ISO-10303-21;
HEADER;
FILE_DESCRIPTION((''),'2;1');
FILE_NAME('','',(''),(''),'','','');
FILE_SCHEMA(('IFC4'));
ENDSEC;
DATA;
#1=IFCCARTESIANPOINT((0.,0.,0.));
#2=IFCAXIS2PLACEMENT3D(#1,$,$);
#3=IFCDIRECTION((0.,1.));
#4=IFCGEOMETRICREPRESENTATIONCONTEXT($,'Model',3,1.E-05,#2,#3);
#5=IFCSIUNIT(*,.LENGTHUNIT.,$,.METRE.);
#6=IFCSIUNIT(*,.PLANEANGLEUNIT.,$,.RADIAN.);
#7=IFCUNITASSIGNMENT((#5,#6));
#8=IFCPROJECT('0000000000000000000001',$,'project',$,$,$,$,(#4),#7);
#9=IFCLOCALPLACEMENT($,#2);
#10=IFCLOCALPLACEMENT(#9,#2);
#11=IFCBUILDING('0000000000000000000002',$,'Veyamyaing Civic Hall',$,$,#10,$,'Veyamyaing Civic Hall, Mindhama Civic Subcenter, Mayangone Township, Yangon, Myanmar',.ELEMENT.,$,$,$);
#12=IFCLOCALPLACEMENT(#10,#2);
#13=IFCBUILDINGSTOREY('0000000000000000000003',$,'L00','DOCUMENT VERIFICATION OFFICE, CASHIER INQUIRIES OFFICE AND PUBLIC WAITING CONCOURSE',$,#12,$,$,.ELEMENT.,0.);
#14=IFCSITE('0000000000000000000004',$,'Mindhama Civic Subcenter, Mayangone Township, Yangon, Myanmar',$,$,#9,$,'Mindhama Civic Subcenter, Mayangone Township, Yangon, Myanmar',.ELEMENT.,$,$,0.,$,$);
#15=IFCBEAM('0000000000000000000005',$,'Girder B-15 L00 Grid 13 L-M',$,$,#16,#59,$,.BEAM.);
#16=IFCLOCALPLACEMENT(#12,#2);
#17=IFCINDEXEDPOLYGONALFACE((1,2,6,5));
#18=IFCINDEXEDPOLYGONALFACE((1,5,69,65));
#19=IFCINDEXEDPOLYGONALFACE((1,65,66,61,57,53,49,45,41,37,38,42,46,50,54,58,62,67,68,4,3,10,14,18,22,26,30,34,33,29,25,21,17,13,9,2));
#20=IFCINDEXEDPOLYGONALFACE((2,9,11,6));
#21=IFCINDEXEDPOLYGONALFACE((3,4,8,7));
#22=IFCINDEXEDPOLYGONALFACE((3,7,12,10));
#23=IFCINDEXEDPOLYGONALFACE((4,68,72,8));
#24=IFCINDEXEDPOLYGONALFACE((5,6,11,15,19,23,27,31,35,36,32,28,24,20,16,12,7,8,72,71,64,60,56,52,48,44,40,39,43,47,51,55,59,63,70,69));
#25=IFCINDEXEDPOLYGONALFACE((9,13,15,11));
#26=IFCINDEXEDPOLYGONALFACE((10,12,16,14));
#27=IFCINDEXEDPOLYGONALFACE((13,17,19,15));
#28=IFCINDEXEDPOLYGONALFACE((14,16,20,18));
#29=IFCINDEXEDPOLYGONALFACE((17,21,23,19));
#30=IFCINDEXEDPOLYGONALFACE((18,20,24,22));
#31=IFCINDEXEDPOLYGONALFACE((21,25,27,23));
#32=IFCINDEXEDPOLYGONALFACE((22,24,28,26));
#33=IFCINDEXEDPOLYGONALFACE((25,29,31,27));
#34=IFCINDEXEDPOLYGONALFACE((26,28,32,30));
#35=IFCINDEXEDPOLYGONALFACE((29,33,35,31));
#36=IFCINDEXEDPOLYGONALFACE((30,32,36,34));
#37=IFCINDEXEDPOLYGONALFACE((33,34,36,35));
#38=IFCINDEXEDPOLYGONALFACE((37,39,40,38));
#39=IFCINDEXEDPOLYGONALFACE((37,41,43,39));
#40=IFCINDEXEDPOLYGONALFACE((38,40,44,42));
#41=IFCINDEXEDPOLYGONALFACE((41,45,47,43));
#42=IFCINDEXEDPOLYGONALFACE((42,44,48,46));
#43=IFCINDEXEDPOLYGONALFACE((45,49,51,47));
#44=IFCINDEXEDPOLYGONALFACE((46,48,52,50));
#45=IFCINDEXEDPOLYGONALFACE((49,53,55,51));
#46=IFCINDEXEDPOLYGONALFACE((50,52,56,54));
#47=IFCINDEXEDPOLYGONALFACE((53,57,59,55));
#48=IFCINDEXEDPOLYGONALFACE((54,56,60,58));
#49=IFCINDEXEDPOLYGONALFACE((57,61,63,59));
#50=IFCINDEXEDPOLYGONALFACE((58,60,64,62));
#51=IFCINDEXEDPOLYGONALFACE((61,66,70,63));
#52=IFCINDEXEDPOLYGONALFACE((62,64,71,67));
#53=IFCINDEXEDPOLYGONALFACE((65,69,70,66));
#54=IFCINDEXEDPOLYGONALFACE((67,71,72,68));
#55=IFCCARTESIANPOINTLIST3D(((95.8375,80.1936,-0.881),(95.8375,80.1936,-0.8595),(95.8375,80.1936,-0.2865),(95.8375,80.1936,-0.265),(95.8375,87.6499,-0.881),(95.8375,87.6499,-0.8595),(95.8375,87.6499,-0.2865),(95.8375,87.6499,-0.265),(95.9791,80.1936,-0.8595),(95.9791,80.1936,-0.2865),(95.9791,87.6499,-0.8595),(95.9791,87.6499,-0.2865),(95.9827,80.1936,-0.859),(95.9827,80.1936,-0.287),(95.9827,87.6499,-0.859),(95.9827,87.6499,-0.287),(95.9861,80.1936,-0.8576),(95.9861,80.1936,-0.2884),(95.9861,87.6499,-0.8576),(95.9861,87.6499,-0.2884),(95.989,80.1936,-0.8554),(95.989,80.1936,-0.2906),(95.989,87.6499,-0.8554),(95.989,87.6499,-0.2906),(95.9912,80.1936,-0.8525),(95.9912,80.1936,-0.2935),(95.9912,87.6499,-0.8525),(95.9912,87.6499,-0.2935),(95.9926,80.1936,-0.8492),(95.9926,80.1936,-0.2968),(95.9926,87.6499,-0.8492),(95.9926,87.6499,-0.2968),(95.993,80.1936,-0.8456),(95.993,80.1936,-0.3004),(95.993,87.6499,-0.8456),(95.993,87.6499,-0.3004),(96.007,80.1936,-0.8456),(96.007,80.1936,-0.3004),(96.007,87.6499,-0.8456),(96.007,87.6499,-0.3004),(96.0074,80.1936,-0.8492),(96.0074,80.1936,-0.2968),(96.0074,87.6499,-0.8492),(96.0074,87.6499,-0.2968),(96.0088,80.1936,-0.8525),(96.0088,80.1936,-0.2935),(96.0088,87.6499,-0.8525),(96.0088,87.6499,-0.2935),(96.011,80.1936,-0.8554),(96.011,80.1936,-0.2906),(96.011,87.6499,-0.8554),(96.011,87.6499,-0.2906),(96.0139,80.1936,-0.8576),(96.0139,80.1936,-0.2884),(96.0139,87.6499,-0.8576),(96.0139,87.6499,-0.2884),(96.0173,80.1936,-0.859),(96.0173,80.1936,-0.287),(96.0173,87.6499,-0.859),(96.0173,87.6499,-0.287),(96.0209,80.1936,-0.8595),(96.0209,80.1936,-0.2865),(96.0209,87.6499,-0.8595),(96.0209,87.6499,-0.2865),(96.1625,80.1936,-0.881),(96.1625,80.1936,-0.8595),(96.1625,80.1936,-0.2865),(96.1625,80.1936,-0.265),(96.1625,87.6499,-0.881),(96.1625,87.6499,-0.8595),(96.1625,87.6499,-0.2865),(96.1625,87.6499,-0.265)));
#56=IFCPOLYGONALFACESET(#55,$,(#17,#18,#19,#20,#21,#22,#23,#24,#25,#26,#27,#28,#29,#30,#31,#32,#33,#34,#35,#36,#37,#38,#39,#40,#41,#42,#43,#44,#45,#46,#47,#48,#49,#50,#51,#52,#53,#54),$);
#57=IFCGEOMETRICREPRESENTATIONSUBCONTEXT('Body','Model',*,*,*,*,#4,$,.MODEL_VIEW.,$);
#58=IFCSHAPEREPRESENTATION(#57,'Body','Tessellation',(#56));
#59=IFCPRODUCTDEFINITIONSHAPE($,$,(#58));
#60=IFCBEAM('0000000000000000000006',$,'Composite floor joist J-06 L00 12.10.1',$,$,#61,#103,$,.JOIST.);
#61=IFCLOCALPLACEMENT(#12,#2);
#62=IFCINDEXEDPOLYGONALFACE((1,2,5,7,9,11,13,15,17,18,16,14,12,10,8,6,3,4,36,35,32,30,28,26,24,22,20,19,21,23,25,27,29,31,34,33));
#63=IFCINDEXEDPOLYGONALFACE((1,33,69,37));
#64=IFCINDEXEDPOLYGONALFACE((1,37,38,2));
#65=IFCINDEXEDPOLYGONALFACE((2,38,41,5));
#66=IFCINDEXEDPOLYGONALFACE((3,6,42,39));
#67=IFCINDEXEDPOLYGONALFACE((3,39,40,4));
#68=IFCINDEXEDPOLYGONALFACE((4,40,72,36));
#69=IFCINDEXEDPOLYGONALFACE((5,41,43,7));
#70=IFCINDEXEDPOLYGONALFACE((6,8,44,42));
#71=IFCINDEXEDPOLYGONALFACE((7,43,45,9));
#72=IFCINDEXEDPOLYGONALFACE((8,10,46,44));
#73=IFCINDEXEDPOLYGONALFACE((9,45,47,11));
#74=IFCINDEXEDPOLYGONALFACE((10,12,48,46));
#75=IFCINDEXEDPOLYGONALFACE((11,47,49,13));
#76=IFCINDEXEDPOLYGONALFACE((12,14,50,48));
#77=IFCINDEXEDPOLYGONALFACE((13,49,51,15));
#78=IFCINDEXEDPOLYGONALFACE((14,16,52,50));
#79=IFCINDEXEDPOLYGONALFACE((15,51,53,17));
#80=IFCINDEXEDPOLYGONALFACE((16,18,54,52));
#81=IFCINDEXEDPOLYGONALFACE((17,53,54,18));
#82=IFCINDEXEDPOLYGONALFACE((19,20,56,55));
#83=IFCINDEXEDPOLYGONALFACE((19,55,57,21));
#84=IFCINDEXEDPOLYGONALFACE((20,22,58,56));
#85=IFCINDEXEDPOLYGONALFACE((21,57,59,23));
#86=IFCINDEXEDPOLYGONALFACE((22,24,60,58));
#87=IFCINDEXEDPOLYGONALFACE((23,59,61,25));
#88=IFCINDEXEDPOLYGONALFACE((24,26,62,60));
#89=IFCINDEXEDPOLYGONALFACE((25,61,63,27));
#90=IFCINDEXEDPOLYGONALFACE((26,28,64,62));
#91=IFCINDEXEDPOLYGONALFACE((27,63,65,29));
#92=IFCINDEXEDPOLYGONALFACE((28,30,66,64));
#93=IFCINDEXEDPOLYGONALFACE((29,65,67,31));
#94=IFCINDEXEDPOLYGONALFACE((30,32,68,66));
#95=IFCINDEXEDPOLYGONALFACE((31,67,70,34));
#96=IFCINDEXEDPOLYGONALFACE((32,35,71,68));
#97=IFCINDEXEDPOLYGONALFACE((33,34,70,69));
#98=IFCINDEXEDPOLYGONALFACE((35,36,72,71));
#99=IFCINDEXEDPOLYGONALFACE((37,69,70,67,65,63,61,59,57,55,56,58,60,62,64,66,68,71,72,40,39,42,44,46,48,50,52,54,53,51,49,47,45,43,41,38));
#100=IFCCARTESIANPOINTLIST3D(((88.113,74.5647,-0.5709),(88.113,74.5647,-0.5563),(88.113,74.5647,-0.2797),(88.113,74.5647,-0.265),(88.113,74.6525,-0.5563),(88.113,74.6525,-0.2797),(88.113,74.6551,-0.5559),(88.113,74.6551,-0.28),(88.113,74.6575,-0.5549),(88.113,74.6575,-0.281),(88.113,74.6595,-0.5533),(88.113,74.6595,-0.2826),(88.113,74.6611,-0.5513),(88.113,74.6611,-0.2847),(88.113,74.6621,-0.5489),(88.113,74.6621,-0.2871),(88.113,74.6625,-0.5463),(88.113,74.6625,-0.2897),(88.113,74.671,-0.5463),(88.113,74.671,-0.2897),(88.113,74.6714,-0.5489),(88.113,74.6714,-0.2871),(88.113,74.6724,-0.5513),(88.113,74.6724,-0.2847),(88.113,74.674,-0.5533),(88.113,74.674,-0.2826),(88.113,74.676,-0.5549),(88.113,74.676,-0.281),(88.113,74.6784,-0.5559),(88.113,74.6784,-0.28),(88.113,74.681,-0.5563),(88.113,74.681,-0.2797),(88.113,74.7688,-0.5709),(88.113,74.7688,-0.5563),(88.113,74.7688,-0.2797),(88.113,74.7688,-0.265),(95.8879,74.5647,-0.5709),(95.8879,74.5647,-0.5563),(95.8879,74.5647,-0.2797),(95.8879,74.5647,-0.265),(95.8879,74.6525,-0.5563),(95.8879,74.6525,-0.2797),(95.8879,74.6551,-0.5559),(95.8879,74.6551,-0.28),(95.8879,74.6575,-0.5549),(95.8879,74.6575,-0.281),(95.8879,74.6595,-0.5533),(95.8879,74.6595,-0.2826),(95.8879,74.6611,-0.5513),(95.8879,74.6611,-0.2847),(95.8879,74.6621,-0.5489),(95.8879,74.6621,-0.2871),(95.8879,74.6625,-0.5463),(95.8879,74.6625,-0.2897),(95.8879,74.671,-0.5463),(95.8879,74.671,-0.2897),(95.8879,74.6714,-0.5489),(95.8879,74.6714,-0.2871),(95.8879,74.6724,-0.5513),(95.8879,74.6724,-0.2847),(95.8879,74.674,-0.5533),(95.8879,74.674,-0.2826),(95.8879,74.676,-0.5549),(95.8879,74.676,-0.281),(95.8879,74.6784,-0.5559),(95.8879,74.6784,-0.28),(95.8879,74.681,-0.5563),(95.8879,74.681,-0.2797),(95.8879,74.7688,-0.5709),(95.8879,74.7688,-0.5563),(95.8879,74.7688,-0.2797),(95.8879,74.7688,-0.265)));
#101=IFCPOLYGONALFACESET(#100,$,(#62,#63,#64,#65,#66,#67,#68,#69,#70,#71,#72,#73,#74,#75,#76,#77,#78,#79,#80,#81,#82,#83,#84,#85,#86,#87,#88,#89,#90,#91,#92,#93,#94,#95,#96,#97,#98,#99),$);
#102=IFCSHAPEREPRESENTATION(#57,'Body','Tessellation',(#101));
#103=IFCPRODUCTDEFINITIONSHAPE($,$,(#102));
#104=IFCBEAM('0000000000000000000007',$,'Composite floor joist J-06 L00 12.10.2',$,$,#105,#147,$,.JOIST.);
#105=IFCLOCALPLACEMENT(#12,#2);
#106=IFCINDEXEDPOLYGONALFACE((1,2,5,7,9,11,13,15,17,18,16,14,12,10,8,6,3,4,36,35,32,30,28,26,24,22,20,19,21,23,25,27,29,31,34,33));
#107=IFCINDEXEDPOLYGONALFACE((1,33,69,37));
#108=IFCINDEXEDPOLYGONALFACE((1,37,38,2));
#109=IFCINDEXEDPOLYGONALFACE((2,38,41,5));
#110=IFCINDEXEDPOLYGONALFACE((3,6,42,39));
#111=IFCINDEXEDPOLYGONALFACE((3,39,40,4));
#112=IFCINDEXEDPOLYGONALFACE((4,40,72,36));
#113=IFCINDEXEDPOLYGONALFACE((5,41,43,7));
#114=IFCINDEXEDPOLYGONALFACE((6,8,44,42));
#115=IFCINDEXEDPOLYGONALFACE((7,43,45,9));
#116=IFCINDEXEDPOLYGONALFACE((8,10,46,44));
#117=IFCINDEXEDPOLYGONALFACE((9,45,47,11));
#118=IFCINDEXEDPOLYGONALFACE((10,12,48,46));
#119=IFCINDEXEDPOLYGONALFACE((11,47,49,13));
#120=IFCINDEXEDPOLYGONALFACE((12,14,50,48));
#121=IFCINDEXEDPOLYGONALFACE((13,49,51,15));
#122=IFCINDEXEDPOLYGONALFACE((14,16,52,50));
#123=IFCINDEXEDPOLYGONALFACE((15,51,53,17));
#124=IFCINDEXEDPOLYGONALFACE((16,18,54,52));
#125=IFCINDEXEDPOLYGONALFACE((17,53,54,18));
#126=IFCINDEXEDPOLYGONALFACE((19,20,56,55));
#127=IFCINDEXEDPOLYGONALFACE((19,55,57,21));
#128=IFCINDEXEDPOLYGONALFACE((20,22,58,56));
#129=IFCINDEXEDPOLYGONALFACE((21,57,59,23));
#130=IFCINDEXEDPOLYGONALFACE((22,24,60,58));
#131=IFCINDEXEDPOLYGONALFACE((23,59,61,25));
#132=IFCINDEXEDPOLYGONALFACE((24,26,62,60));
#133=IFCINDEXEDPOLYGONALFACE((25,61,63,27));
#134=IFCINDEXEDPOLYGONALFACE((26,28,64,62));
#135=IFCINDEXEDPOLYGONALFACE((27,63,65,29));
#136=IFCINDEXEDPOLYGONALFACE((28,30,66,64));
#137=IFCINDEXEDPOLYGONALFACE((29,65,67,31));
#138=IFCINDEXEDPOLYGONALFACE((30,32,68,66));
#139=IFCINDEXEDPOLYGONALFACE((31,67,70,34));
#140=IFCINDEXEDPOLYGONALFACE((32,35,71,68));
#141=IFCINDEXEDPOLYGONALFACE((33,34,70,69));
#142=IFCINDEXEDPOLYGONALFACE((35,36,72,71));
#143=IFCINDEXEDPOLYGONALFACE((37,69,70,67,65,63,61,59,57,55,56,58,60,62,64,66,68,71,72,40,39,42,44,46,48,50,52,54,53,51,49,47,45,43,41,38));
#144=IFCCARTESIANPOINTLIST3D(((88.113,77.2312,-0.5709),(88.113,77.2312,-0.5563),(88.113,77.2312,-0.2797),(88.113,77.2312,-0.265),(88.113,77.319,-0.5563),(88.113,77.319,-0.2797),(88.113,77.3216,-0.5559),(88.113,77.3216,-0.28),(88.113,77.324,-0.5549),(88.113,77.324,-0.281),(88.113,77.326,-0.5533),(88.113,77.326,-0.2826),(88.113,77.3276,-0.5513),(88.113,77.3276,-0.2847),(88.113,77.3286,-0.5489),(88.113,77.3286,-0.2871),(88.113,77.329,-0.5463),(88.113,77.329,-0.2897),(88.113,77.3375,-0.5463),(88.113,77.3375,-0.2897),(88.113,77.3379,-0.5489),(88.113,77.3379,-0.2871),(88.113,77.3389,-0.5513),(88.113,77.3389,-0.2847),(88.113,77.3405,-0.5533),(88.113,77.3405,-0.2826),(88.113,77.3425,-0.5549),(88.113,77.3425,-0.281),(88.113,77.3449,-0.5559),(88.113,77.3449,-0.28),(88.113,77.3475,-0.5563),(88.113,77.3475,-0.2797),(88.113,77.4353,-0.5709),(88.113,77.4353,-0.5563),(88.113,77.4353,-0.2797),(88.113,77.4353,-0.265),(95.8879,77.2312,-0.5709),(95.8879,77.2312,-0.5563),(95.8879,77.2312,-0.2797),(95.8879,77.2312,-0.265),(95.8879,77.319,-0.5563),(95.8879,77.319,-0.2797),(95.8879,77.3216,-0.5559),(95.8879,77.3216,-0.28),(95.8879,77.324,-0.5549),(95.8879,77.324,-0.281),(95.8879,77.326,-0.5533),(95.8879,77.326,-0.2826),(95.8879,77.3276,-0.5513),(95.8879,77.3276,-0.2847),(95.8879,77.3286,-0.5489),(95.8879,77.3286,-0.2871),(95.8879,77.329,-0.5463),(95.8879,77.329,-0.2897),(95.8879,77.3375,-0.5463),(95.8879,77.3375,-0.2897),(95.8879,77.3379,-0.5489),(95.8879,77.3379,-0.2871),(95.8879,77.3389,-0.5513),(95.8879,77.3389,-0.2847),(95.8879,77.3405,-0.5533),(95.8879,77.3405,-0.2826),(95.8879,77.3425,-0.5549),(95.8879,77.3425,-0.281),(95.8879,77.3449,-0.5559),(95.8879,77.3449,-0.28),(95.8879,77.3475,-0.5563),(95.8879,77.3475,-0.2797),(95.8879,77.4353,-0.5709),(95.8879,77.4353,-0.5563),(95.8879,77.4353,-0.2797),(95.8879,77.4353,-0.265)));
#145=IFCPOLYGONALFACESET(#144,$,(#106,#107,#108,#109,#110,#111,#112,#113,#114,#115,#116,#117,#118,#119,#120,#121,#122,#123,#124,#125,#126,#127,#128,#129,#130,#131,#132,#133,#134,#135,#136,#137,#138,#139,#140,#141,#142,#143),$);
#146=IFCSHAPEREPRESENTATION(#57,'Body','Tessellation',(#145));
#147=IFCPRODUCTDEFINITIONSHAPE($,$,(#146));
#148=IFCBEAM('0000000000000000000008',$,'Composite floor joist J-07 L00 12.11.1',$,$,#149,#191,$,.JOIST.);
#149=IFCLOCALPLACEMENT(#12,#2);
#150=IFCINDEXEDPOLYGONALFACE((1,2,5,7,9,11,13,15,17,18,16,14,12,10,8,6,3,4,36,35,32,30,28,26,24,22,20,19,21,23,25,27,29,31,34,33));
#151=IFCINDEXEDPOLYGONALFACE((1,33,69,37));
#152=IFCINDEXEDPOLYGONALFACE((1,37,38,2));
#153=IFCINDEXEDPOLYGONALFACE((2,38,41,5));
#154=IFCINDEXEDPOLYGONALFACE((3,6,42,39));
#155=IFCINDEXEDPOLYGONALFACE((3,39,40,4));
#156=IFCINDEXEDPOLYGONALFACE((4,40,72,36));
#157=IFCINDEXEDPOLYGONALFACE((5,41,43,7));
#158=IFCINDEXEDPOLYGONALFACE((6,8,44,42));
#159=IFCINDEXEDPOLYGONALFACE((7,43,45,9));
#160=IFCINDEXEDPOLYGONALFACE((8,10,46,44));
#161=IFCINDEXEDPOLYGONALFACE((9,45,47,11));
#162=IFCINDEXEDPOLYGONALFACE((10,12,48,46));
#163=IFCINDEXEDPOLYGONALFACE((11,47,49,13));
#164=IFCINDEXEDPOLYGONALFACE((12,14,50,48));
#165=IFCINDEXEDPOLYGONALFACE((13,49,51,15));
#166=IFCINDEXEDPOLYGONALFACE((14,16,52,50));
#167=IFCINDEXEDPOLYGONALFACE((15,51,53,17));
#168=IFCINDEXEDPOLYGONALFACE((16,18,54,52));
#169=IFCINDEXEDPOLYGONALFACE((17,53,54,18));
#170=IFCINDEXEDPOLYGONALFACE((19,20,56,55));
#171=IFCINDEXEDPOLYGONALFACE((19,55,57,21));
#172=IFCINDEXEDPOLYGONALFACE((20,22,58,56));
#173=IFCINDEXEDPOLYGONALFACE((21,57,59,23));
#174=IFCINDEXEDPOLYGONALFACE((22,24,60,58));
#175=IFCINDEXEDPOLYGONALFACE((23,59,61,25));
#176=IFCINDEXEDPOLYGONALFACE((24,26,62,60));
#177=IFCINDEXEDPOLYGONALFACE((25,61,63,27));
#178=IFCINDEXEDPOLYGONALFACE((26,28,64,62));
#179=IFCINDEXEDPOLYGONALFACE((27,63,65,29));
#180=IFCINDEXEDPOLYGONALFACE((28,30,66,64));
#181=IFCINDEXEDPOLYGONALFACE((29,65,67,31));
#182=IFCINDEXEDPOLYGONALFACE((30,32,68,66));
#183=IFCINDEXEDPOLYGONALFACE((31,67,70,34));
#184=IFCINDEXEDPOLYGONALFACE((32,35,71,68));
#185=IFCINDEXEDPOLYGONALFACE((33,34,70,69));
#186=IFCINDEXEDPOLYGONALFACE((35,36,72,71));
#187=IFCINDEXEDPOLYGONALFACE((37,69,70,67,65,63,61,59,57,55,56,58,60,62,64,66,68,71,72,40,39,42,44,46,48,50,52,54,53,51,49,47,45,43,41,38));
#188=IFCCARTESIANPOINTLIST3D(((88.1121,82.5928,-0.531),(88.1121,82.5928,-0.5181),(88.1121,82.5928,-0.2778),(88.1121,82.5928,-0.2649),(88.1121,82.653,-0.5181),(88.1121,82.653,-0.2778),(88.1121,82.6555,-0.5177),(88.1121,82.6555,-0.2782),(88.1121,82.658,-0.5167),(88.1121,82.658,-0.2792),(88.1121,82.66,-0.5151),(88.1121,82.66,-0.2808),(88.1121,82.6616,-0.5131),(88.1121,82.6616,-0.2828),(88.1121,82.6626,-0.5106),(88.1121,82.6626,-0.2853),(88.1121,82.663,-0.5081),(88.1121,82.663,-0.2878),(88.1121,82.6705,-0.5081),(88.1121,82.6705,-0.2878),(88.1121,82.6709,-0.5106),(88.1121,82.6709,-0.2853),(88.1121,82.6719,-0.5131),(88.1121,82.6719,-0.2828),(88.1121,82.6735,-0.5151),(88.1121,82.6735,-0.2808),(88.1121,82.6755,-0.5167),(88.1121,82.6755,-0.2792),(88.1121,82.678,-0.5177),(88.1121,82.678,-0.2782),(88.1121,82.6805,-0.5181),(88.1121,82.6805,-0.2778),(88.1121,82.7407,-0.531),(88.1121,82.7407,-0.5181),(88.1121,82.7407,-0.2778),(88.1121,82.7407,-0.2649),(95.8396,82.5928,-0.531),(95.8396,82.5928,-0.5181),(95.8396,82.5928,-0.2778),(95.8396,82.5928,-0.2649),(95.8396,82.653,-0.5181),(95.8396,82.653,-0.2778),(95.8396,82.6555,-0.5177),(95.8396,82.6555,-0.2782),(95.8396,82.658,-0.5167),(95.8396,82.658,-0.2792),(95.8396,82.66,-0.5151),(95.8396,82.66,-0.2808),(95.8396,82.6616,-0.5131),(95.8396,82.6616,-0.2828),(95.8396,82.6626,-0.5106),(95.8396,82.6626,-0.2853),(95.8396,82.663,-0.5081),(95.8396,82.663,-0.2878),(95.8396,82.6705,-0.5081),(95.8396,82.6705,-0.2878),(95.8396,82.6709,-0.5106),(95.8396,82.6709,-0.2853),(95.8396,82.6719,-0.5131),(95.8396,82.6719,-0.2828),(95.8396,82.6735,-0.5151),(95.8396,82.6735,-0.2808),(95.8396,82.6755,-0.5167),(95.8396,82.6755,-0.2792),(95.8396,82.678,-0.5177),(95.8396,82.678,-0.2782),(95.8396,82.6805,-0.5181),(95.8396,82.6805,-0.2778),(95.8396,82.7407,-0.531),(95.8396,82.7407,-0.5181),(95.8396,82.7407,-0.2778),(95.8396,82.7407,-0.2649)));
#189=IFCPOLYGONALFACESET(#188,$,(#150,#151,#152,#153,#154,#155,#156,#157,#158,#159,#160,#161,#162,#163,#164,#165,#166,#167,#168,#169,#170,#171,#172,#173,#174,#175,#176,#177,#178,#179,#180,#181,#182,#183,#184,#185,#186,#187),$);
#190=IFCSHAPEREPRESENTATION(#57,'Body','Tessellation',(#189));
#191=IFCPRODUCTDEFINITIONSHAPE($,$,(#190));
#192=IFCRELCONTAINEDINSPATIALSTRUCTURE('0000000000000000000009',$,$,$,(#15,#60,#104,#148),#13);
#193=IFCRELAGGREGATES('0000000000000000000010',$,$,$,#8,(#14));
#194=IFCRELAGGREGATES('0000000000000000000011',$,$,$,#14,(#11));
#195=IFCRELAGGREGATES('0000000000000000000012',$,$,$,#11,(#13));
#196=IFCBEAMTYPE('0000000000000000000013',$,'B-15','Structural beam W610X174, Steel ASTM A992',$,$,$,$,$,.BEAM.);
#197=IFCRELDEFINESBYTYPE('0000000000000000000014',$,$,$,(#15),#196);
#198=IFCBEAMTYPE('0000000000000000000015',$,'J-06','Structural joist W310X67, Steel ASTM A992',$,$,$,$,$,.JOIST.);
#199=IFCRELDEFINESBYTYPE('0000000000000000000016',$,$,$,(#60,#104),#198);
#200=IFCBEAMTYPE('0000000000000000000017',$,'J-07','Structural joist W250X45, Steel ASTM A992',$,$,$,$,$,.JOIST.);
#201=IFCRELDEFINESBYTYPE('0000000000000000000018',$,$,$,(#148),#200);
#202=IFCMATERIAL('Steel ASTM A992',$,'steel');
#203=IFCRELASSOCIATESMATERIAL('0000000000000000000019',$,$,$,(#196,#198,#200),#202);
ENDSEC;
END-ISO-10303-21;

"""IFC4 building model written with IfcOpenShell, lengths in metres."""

from ifc_helpers import new_model, si_unit, direction, frame, origin, origin_2d, place, context, subcontext, project, spatial, i_section, extrude, material, material_profile, profile_set, type_object, element, save


model = new_model("IFC4")

# Units and contexts
model_context = context("Model", 3, precision=1e-05, world=origin(), true_north=direction((0.0, 1.0)))
body_context = subcontext(model_context, "Body", "Model", "MODEL_VIEW")
ifc_project = project(units=[si_unit("LENGTHUNIT", "METRE"), si_unit("PLANEANGLEUNIT", "RADIAN")], contexts=[model_context])

# Site, building, storey
site_placement = place(None, origin())
site = spatial("IfcSite", under=ifc_project, at=site_placement, Name="Mindhama Civic Subcenter, Mayangone Township, Yangon, Myanmar", LongName="Mindhama Civic Subcenter, Mayangone Township, Yangon, Myanmar", CompositionType="ELEMENT", RefElevation=0.0)
building_placement = place(site_placement, origin())
building = spatial("IfcBuilding", under=site, at=building_placement, Name="Veyamyaing Civic Hall", LongName="Veyamyaing Civic Hall, Mindhama Civic Subcenter, Mayangone Township, Yangon, Myanmar", CompositionType="ELEMENT")
storey_placement = place(building_placement, origin())
storey = spatial("IfcBuildingStorey", under=building, at=storey_placement, Name="L00", Description="DOCUMENT VERIFICATION OFFICE, CASHIER INQUIRIES OFFICE AND PUBLIC WAITING CONCOURSE", CompositionType="ELEMENT", Elevation=0.0)

# Beams
ifc_material_1 = material(Name="Steel ASTM A992", Category="steel")
ifc_material_profile_1 = material_profile(ifc_material_1, i_section(OverallWidth=0.325, OverallDepth=0.616, WebThickness=0.0139, FlangeThickness=0.0215, FilletRadius=0.0139, at=origin_2d()), Name="W610X174")
ifc_profile_set_1 = profile_set([ifc_material_profile_1], Name="Steel ASTM A992")
beam_type_1 = type_object("IfcBeamType", Name="B-15", Description="Structural beam W610X174, Steel ASTM A992", PredefinedType="BEAM", material=ifc_profile_set_1)
beam_1_placement = place(storey_placement, frame((96.0, 80.1936, -0.573), z_axis=(0.0, 1.0, 0.0), x_axis=(-1.0, 0.0, 0.0)))
element("IfcBeam", 1, at=beam_1_placement, inside=storey, type_object=beam_type_1, Name="Girder B-15 L00 Grid 13 L-M", PredefinedType="BEAM", context=body_context, shape_type="SweptSolid", body=[
    extrude(i_section(OverallWidth=0.325, OverallDepth=0.616, WebThickness=0.0139, FlangeThickness=0.0215, FilletRadius=0.0139, at=origin_2d()), origin(), (0.0, 0.0, 1.0), 7.4563),
])
ifc_material_profile_2 = material_profile(ifc_material_1, i_section(OverallWidth=0.2041, OverallDepth=0.3059, WebThickness=0.0085, FlangeThickness=0.0146, FilletRadius=0.01, at=origin_2d()), Name="W310X67")
ifc_profile_set_2 = profile_set([ifc_material_profile_2], Name="Steel ASTM A992")
beam_type_2 = type_object("IfcBeamType", Name="J-06", Description="Structural joist W310X67, Steel ASTM A992", PredefinedType="JOIST", material=ifc_profile_set_2)
for number, where, z_axis, x_axis, name in (
    (2, (88.113, 74.6667, -0.418), (1.0, 0.0, 0.0), (0.0, 1.0, 0.0), "Composite floor joist J-06 L00 12.10.1"),
    (3, (88.113, 77.3333, -0.418), (1.0, 0.0, 0.0), (0.0, 1.0, 0.0), "Composite floor joist J-06 L00 12.10.2"),
):
    element("IfcBeam", number, at=place(storey_placement, frame(where, z_axis=z_axis, x_axis=x_axis)), inside=storey, type_object=beam_type_2, Name=name, PredefinedType="JOIST", context=body_context, shape_type="SweptSolid", body=[
        extrude(i_section(OverallWidth=0.2041, OverallDepth=0.3059, WebThickness=0.0085, FlangeThickness=0.0146, FilletRadius=0.01, at=origin_2d()), origin(), (0.0, 0.0, 1.0), 7.7749),
    ])
ifc_material_profile_3 = material_profile(ifc_material_1, i_section(OverallWidth=0.1479, OverallDepth=0.2661, WebThickness=0.0076, FlangeThickness=0.0129, FilletRadius=0.01, at=origin_2d()), Name="W250X45")
ifc_profile_set_3 = profile_set([ifc_material_profile_3], Name="Steel ASTM A992")
beam_type_3 = type_object("IfcBeamType", Name="J-07", Description="Structural joist W250X45, Steel ASTM A992", PredefinedType="JOIST", material=ifc_profile_set_3)
for number, where, z_axis, x_axis, name in (
    (4, (88.1121, 82.6667, -0.3979), (1.0, 0.0, 0.0), (0.0, 1.0, 0.0), "Composite floor joist J-07 L00 12.11.1"),
):
    element("IfcBeam", number, at=place(storey_placement, frame(where, z_axis=z_axis, x_axis=x_axis)), inside=storey, type_object=beam_type_3, Name=name, PredefinedType="JOIST", context=body_context, shape_type="SweptSolid", body=[
        extrude(i_section(OverallWidth=0.1479, OverallDepth=0.2661, WebThickness=0.0076, FlangeThickness=0.0129, FilletRadius=0.01, at=origin_2d()), origin(), (0.0, 0.0, 1.0), 7.7275),
    ])

save(model, "model.ifc")
